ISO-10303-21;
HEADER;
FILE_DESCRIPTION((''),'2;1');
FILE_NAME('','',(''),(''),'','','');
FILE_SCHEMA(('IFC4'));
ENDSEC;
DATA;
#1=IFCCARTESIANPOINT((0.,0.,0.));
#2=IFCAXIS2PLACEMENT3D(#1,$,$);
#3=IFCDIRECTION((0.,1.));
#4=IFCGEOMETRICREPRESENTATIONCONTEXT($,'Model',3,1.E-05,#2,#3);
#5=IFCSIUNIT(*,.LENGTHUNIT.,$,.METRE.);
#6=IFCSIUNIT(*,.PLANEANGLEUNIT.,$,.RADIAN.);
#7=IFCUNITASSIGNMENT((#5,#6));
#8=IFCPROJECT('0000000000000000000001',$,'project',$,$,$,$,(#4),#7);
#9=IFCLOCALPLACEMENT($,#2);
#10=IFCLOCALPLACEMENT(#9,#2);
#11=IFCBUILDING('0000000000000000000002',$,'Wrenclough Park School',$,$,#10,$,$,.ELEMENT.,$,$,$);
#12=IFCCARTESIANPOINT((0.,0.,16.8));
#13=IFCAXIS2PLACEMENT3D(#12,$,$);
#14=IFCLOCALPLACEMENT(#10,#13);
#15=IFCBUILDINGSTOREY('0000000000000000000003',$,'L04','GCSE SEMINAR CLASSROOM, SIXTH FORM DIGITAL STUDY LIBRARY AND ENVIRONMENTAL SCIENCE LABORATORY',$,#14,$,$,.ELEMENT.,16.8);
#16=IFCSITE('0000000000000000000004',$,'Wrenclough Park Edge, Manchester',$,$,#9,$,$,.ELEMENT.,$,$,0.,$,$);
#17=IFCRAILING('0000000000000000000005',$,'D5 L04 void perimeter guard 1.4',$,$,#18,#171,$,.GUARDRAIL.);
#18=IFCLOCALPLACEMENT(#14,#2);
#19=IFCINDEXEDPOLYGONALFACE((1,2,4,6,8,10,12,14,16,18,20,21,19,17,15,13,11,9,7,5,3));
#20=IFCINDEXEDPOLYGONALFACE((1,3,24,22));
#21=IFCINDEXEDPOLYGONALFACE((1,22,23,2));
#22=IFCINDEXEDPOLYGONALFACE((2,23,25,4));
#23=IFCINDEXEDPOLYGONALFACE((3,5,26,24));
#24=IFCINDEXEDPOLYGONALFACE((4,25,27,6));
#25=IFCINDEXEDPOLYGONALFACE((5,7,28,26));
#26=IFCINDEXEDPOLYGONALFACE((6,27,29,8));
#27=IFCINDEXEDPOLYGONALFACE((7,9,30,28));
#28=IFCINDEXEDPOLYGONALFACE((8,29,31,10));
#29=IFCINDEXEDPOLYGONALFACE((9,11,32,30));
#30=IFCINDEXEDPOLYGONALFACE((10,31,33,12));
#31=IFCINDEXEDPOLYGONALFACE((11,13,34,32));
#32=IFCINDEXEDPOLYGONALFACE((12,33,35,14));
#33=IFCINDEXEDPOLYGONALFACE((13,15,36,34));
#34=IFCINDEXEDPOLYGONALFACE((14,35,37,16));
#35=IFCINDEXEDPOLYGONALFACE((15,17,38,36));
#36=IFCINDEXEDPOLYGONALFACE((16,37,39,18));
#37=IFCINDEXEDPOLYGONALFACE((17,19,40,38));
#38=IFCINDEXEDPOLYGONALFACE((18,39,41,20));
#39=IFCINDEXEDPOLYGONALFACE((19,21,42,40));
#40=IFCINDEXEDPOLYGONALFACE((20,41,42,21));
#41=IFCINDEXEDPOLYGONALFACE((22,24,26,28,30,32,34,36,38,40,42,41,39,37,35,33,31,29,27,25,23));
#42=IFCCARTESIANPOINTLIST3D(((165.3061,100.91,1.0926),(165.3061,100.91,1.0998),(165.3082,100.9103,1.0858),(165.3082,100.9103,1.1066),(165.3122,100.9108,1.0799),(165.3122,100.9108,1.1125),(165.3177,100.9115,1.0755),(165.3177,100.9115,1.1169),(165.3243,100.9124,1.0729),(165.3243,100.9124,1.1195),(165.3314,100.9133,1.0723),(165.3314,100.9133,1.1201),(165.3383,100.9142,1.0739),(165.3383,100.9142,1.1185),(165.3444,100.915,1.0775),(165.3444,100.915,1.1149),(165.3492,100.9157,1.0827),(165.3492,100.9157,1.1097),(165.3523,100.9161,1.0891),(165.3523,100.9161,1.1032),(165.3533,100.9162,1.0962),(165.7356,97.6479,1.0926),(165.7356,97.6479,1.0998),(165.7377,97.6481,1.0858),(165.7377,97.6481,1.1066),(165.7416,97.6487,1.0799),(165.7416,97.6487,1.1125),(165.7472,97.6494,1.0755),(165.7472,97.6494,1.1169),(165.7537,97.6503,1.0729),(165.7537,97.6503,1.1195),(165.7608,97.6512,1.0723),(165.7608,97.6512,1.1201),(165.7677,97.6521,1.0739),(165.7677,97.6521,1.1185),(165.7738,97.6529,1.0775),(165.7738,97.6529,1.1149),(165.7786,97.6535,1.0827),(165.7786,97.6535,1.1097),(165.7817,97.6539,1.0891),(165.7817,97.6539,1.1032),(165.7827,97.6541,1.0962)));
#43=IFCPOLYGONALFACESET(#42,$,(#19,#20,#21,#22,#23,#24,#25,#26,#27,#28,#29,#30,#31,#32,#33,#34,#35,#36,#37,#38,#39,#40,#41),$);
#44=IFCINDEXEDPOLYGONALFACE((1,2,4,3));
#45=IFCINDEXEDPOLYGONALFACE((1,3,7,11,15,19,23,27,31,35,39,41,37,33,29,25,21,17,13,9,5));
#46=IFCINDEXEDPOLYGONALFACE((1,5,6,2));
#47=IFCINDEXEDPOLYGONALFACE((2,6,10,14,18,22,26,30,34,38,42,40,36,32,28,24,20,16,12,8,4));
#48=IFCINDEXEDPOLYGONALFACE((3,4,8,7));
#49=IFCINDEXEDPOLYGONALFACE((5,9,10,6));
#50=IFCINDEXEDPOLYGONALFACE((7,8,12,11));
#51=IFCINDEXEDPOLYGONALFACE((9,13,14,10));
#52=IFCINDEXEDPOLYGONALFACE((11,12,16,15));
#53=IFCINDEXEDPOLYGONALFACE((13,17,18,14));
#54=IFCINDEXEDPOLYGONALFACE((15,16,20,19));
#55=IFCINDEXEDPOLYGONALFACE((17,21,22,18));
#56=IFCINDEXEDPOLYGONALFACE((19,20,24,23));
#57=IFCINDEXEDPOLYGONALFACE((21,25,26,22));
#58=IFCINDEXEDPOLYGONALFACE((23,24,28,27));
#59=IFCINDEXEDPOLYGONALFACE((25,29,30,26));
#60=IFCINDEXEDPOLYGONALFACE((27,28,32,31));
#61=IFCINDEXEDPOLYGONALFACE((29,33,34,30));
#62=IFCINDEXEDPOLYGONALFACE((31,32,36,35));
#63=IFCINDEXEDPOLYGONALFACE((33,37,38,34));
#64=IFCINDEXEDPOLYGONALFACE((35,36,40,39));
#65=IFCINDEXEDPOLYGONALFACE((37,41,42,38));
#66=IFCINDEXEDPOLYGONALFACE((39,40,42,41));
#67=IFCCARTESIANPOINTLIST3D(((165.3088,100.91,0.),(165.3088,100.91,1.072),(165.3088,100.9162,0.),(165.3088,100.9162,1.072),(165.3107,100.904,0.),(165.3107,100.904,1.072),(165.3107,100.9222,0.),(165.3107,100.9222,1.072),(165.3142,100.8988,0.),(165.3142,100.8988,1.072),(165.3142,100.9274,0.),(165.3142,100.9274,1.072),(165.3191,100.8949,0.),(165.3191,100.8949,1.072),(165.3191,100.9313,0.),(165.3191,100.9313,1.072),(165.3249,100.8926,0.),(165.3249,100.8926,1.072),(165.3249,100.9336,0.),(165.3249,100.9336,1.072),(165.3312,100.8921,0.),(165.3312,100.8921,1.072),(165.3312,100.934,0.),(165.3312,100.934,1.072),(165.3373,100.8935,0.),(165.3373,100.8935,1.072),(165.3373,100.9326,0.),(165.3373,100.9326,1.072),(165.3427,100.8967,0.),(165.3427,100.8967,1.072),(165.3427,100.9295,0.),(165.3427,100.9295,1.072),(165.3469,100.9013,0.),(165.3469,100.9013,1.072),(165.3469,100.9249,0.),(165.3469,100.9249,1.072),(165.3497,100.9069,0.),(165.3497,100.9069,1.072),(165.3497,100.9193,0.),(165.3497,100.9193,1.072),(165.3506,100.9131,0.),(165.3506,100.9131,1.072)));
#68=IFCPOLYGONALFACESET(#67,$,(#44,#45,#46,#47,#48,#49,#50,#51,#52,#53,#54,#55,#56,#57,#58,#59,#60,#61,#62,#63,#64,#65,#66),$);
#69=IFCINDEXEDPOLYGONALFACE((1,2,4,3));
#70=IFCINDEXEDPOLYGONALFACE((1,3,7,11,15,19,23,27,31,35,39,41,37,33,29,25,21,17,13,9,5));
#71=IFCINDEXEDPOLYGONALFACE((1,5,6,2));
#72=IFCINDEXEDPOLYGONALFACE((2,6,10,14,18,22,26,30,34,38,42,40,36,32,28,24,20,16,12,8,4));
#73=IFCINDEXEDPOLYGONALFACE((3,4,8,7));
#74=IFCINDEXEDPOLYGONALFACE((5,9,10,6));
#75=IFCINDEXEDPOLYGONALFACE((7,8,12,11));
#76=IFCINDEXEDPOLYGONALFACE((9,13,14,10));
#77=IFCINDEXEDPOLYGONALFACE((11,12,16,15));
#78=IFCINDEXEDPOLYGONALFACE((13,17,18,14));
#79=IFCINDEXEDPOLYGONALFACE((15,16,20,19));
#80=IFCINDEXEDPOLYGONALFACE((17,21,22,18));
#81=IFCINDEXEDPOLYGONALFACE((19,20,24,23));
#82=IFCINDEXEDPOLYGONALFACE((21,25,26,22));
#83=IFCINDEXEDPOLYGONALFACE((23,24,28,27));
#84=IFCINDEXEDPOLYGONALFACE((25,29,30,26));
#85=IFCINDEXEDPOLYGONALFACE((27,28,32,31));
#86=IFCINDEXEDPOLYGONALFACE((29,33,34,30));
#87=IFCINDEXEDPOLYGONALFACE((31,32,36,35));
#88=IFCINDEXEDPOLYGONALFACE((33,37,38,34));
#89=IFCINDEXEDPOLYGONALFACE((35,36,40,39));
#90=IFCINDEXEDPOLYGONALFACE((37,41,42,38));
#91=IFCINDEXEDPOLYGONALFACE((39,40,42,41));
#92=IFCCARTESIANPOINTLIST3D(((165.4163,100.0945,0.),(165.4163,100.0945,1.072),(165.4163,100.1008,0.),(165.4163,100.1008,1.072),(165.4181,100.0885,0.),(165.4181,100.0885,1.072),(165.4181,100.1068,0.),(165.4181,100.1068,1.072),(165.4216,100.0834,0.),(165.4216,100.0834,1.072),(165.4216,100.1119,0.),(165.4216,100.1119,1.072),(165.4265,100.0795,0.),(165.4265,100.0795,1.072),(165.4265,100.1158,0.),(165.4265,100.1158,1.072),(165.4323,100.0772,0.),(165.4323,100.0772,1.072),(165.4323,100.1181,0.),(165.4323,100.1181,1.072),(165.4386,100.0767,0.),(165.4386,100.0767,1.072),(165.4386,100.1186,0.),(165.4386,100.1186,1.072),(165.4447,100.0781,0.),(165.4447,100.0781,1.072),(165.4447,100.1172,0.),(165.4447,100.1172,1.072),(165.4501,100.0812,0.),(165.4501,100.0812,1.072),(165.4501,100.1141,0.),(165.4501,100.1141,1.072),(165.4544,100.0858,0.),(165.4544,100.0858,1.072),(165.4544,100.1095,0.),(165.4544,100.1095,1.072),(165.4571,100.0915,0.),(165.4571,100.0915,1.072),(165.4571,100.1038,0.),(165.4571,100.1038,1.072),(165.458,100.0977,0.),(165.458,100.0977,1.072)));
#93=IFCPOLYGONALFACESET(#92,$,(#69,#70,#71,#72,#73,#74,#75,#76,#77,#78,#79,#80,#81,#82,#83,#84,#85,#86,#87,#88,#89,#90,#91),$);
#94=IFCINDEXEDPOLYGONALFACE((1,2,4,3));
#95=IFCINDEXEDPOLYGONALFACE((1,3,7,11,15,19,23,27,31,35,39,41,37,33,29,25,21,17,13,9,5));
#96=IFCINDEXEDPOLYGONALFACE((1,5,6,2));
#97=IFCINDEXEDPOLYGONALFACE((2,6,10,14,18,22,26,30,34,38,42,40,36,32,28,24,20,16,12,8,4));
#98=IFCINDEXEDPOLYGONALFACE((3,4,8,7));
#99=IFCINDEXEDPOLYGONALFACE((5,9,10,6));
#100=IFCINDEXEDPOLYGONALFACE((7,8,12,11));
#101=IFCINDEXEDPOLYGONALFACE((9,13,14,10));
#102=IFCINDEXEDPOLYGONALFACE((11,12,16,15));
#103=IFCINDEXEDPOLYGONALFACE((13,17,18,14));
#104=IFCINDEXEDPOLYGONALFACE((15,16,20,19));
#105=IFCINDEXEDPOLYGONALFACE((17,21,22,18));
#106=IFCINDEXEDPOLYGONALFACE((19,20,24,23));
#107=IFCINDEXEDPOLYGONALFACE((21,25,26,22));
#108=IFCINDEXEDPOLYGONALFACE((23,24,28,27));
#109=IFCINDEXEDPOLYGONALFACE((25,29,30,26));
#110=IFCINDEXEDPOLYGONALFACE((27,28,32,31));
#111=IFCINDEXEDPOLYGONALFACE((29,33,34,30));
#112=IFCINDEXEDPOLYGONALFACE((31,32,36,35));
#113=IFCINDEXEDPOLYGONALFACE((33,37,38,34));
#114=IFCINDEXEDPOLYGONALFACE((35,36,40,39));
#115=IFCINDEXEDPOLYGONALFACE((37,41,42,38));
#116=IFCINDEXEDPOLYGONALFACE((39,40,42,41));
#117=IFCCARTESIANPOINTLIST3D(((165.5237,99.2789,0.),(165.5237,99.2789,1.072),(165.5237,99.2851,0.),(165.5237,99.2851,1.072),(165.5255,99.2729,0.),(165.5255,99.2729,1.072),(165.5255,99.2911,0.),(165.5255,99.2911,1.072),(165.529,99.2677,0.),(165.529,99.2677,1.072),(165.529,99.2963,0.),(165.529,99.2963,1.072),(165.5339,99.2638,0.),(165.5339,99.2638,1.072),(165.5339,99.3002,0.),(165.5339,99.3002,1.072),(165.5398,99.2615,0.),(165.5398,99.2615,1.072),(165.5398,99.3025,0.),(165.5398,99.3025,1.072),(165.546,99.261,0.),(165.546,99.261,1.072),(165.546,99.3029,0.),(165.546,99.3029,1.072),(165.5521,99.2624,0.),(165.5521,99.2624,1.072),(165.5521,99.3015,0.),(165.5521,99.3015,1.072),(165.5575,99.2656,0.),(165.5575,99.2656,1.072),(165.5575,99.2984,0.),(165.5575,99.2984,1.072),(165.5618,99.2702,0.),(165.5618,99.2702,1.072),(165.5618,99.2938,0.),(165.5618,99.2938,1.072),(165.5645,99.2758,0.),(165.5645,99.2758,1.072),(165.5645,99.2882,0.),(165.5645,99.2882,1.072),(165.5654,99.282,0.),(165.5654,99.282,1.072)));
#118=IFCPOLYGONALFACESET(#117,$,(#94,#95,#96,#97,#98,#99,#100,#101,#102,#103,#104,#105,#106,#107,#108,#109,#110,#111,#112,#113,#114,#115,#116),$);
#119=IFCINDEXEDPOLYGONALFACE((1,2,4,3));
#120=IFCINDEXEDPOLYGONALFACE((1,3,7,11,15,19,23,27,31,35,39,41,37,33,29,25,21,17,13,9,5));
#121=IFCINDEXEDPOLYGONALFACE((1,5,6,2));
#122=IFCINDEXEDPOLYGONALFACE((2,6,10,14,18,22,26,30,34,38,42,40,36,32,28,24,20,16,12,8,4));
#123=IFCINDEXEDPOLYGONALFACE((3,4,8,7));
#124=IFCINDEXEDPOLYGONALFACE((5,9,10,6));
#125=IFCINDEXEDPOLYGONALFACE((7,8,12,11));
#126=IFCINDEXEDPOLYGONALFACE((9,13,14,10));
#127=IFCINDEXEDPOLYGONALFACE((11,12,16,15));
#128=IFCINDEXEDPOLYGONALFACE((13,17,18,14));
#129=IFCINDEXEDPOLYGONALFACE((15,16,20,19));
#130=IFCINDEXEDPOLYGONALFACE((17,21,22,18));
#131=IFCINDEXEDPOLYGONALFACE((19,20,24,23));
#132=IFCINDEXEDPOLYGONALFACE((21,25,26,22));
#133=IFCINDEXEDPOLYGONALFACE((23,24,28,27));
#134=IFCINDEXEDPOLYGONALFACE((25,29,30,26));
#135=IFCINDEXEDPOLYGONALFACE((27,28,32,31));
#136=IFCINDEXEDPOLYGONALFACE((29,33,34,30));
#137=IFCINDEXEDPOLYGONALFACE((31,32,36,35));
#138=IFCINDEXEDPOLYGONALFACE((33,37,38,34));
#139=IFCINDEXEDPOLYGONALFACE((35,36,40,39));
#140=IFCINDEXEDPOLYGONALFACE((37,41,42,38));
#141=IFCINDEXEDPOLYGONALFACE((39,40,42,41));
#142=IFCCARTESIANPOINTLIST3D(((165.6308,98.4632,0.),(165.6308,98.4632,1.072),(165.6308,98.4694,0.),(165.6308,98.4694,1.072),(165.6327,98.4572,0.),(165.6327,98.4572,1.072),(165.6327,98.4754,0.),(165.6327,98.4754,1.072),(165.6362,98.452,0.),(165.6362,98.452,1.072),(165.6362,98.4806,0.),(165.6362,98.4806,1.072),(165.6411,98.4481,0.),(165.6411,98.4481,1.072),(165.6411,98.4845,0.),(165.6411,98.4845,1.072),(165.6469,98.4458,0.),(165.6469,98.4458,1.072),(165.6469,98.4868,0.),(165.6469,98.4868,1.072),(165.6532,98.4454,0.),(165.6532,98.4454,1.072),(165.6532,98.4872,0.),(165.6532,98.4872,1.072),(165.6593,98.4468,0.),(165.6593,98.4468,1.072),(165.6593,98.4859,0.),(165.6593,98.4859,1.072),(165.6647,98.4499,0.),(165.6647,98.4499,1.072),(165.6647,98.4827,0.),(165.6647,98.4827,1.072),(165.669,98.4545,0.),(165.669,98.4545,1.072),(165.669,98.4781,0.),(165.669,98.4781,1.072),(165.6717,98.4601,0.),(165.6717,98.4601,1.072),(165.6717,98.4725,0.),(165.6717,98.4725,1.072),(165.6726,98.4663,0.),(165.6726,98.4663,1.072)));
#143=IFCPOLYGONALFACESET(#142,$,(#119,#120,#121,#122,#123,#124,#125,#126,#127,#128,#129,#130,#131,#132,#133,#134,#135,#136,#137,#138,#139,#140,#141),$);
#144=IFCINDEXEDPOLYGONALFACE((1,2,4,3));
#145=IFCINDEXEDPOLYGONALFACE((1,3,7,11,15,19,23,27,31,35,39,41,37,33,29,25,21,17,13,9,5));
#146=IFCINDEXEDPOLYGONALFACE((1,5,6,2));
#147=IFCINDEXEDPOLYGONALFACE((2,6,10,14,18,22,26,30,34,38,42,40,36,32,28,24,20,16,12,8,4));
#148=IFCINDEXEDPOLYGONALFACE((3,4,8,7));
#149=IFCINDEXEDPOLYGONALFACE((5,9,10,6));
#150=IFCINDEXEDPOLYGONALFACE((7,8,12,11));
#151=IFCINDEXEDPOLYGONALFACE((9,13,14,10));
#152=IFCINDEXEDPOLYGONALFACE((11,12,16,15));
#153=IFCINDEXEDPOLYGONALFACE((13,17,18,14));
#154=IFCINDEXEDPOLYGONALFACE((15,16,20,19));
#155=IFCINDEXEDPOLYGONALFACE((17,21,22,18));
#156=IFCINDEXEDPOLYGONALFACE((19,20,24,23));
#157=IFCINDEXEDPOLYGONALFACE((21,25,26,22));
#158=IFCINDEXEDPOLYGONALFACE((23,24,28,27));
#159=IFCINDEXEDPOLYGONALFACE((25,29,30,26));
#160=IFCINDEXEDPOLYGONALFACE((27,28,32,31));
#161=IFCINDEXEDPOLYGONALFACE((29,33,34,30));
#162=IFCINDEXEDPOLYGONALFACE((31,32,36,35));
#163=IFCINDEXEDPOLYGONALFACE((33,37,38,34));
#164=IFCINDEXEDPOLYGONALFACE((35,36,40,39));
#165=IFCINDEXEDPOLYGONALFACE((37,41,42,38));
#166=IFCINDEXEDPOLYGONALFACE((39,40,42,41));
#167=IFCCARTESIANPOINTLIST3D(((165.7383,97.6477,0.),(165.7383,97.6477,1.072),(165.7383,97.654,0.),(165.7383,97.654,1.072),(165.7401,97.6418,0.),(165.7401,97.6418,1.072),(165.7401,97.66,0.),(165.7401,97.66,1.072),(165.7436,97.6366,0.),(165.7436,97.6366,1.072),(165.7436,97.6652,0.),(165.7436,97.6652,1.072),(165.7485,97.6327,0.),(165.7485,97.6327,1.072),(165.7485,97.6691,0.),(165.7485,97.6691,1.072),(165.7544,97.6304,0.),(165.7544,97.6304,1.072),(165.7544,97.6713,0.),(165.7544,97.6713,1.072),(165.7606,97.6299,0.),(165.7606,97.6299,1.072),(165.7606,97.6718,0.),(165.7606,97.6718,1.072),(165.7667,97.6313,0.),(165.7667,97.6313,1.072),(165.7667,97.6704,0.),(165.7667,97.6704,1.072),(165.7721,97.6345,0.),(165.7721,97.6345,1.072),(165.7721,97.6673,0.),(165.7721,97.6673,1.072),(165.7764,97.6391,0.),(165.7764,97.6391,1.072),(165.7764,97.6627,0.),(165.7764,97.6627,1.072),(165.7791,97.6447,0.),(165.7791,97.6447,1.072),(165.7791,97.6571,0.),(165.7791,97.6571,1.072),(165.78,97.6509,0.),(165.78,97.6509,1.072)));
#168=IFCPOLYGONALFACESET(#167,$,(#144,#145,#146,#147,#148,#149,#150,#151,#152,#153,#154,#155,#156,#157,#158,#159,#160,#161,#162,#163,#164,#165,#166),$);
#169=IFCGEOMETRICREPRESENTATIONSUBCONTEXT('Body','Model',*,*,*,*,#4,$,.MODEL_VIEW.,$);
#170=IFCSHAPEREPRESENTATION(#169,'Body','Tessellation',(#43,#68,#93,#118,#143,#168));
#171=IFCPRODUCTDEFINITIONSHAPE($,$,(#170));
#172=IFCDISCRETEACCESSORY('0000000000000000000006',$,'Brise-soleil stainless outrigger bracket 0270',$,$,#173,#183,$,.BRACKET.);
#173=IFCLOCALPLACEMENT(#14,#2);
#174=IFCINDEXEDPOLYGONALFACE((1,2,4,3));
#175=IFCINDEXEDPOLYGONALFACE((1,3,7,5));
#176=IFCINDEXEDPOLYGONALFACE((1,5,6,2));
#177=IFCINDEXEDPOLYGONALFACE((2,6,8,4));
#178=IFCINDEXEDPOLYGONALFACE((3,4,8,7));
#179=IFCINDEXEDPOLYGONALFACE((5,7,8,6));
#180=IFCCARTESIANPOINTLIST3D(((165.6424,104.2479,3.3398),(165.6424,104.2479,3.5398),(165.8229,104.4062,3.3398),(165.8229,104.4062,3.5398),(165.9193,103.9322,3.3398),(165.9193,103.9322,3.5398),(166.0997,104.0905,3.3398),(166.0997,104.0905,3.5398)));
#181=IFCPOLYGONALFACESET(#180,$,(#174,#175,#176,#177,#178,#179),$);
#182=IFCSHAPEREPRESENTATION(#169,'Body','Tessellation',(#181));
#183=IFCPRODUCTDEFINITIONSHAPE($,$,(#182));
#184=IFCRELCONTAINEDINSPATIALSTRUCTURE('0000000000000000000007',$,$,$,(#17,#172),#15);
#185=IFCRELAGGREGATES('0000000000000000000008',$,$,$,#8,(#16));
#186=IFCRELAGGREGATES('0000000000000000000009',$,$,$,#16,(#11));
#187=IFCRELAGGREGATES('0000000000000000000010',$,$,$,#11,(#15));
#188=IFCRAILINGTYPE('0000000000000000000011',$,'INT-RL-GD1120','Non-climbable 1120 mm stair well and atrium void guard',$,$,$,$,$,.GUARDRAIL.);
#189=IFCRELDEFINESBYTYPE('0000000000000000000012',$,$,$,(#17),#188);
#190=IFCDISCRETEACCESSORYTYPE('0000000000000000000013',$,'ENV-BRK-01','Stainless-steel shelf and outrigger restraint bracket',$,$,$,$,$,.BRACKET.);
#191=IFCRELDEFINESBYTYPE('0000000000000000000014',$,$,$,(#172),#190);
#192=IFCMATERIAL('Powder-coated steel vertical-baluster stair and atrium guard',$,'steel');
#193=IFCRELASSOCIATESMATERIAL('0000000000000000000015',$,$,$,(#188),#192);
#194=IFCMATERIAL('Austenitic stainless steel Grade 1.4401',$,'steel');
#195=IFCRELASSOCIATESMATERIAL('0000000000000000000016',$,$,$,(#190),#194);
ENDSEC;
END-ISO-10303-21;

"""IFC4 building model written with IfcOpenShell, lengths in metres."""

from ifc_helpers import new_model, si_unit, direction, frame, origin, origin_2d, place, context, subcontext, project, spatial, rectangle, circle, extrude, material, type_object, element, save


model = new_model("IFC4")

# Units and contexts
model_context = context("Model", 3, precision=1e-05, world=origin(), true_north=direction((0.0, 1.0)))
body_context = subcontext(model_context, "Body", "Model", "MODEL_VIEW")
ifc_project = project(units=[si_unit("LENGTHUNIT", "METRE"), si_unit("PLANEANGLEUNIT", "RADIAN")], contexts=[model_context])

# Site, building, storey
site_placement = place(None, origin())
site = spatial("IfcSite", under=ifc_project, at=site_placement, Name="Wrenclough Park Edge, Manchester", CompositionType="ELEMENT", RefElevation=0.0)
building_placement = place(site_placement, origin())
building = spatial("IfcBuilding", under=site, at=building_placement, Name="Wrenclough Park School", CompositionType="ELEMENT")
storey_placement = place(building_placement, frame((0.0, 0.0, 16.8)))
storey = spatial("IfcBuildingStorey", under=building, at=storey_placement, Name="L04", Description="GCSE SEMINAR CLASSROOM, SIXTH FORM DIGITAL STUDY LIBRARY AND ENVIRONMENTAL SCIENCE LABORATORY", CompositionType="ELEMENT", Elevation=16.8)

# Railing
ifc_material_1 = material(Name="Powder-coated steel vertical-baluster stair and atrium guard", Category="steel")
railing_type_1 = type_object("IfcRailingType", Name="INT-RL-GD1120", Description="Non-climbable 1120 mm stair well and atrium void guard", PredefinedType="GUARDRAIL", material=ifc_material_1)
railing_1_placement = place(storey_placement, frame((165.3296, 100.9131, 0.0)))
element("IfcRailing", 1, at=railing_1_placement, inside=storey, type_object=railing_type_1, Name="D5 L04 void perimeter guard 1.4", PredefinedType="GUARDRAIL", context=body_context, shape_type="SweptSolid", body=[
    extrude(circle(Radius=0.0239, at=origin_2d()), frame((0.0, 0.0, 1.0962), z_axis=(0.130516, -0.991446, 0.0), x_axis=(0.991446, 0.130516, 0.0)), (0.0, 0.0, 1.0), 3.2903),
    extrude(circle(Radius=0.021, at=origin_2d()), origin(), (0.0, 0.0, 1.0), 1.072),
    extrude(circle(Radius=0.021, at=origin_2d()), frame((0.1074, -0.8154, 0.0)), (0.0, 0.0, 1.0), 1.072),
    extrude(circle(Radius=0.021, at=origin_2d()), frame((0.2148, -1.6311, 0.0)), (0.0, 0.0, 1.0), 1.072),
    extrude(circle(Radius=0.021, at=origin_2d()), frame((0.322, -2.4468, 0.0)), (0.0, 0.0, 1.0), 1.072),
    extrude(circle(Radius=0.021, at=origin_2d()), frame((0.4294, -3.2622, 0.0)), (0.0, 0.0, 1.0), 1.072),
])

# Discrete accessory
ifc_material_2 = material(Name="Austenitic stainless steel Grade 1.4401", Category="steel")
discrete_accessory_type = type_object("IfcDiscreteAccessoryType", Name="ENV-BRK-01", Description="Stainless-steel shelf and outrigger restraint bracket", PredefinedType="BRACKET", material=ifc_material_2)
discrete_accessory_placement = place(storey_placement, frame((165.8711, 104.1692, 3.3398), z_axis=(0.0, 0.0, 1.0), x_axis=(-0.751826, -0.659361, 0.0)))
element("IfcDiscreteAccessory", 2, at=discrete_accessory_placement, inside=storey, type_object=discrete_accessory_type, Name="Brise-soleil stainless outrigger bracket 0270", PredefinedType="BRACKET", context=body_context, shape_type="SweptSolid", body=[
    extrude(rectangle(XDim=0.24, YDim=0.4199, at=origin_2d()), origin(), (0.0, 0.0, 1.0), 0.2),
])

save(model, "model.ifc")
